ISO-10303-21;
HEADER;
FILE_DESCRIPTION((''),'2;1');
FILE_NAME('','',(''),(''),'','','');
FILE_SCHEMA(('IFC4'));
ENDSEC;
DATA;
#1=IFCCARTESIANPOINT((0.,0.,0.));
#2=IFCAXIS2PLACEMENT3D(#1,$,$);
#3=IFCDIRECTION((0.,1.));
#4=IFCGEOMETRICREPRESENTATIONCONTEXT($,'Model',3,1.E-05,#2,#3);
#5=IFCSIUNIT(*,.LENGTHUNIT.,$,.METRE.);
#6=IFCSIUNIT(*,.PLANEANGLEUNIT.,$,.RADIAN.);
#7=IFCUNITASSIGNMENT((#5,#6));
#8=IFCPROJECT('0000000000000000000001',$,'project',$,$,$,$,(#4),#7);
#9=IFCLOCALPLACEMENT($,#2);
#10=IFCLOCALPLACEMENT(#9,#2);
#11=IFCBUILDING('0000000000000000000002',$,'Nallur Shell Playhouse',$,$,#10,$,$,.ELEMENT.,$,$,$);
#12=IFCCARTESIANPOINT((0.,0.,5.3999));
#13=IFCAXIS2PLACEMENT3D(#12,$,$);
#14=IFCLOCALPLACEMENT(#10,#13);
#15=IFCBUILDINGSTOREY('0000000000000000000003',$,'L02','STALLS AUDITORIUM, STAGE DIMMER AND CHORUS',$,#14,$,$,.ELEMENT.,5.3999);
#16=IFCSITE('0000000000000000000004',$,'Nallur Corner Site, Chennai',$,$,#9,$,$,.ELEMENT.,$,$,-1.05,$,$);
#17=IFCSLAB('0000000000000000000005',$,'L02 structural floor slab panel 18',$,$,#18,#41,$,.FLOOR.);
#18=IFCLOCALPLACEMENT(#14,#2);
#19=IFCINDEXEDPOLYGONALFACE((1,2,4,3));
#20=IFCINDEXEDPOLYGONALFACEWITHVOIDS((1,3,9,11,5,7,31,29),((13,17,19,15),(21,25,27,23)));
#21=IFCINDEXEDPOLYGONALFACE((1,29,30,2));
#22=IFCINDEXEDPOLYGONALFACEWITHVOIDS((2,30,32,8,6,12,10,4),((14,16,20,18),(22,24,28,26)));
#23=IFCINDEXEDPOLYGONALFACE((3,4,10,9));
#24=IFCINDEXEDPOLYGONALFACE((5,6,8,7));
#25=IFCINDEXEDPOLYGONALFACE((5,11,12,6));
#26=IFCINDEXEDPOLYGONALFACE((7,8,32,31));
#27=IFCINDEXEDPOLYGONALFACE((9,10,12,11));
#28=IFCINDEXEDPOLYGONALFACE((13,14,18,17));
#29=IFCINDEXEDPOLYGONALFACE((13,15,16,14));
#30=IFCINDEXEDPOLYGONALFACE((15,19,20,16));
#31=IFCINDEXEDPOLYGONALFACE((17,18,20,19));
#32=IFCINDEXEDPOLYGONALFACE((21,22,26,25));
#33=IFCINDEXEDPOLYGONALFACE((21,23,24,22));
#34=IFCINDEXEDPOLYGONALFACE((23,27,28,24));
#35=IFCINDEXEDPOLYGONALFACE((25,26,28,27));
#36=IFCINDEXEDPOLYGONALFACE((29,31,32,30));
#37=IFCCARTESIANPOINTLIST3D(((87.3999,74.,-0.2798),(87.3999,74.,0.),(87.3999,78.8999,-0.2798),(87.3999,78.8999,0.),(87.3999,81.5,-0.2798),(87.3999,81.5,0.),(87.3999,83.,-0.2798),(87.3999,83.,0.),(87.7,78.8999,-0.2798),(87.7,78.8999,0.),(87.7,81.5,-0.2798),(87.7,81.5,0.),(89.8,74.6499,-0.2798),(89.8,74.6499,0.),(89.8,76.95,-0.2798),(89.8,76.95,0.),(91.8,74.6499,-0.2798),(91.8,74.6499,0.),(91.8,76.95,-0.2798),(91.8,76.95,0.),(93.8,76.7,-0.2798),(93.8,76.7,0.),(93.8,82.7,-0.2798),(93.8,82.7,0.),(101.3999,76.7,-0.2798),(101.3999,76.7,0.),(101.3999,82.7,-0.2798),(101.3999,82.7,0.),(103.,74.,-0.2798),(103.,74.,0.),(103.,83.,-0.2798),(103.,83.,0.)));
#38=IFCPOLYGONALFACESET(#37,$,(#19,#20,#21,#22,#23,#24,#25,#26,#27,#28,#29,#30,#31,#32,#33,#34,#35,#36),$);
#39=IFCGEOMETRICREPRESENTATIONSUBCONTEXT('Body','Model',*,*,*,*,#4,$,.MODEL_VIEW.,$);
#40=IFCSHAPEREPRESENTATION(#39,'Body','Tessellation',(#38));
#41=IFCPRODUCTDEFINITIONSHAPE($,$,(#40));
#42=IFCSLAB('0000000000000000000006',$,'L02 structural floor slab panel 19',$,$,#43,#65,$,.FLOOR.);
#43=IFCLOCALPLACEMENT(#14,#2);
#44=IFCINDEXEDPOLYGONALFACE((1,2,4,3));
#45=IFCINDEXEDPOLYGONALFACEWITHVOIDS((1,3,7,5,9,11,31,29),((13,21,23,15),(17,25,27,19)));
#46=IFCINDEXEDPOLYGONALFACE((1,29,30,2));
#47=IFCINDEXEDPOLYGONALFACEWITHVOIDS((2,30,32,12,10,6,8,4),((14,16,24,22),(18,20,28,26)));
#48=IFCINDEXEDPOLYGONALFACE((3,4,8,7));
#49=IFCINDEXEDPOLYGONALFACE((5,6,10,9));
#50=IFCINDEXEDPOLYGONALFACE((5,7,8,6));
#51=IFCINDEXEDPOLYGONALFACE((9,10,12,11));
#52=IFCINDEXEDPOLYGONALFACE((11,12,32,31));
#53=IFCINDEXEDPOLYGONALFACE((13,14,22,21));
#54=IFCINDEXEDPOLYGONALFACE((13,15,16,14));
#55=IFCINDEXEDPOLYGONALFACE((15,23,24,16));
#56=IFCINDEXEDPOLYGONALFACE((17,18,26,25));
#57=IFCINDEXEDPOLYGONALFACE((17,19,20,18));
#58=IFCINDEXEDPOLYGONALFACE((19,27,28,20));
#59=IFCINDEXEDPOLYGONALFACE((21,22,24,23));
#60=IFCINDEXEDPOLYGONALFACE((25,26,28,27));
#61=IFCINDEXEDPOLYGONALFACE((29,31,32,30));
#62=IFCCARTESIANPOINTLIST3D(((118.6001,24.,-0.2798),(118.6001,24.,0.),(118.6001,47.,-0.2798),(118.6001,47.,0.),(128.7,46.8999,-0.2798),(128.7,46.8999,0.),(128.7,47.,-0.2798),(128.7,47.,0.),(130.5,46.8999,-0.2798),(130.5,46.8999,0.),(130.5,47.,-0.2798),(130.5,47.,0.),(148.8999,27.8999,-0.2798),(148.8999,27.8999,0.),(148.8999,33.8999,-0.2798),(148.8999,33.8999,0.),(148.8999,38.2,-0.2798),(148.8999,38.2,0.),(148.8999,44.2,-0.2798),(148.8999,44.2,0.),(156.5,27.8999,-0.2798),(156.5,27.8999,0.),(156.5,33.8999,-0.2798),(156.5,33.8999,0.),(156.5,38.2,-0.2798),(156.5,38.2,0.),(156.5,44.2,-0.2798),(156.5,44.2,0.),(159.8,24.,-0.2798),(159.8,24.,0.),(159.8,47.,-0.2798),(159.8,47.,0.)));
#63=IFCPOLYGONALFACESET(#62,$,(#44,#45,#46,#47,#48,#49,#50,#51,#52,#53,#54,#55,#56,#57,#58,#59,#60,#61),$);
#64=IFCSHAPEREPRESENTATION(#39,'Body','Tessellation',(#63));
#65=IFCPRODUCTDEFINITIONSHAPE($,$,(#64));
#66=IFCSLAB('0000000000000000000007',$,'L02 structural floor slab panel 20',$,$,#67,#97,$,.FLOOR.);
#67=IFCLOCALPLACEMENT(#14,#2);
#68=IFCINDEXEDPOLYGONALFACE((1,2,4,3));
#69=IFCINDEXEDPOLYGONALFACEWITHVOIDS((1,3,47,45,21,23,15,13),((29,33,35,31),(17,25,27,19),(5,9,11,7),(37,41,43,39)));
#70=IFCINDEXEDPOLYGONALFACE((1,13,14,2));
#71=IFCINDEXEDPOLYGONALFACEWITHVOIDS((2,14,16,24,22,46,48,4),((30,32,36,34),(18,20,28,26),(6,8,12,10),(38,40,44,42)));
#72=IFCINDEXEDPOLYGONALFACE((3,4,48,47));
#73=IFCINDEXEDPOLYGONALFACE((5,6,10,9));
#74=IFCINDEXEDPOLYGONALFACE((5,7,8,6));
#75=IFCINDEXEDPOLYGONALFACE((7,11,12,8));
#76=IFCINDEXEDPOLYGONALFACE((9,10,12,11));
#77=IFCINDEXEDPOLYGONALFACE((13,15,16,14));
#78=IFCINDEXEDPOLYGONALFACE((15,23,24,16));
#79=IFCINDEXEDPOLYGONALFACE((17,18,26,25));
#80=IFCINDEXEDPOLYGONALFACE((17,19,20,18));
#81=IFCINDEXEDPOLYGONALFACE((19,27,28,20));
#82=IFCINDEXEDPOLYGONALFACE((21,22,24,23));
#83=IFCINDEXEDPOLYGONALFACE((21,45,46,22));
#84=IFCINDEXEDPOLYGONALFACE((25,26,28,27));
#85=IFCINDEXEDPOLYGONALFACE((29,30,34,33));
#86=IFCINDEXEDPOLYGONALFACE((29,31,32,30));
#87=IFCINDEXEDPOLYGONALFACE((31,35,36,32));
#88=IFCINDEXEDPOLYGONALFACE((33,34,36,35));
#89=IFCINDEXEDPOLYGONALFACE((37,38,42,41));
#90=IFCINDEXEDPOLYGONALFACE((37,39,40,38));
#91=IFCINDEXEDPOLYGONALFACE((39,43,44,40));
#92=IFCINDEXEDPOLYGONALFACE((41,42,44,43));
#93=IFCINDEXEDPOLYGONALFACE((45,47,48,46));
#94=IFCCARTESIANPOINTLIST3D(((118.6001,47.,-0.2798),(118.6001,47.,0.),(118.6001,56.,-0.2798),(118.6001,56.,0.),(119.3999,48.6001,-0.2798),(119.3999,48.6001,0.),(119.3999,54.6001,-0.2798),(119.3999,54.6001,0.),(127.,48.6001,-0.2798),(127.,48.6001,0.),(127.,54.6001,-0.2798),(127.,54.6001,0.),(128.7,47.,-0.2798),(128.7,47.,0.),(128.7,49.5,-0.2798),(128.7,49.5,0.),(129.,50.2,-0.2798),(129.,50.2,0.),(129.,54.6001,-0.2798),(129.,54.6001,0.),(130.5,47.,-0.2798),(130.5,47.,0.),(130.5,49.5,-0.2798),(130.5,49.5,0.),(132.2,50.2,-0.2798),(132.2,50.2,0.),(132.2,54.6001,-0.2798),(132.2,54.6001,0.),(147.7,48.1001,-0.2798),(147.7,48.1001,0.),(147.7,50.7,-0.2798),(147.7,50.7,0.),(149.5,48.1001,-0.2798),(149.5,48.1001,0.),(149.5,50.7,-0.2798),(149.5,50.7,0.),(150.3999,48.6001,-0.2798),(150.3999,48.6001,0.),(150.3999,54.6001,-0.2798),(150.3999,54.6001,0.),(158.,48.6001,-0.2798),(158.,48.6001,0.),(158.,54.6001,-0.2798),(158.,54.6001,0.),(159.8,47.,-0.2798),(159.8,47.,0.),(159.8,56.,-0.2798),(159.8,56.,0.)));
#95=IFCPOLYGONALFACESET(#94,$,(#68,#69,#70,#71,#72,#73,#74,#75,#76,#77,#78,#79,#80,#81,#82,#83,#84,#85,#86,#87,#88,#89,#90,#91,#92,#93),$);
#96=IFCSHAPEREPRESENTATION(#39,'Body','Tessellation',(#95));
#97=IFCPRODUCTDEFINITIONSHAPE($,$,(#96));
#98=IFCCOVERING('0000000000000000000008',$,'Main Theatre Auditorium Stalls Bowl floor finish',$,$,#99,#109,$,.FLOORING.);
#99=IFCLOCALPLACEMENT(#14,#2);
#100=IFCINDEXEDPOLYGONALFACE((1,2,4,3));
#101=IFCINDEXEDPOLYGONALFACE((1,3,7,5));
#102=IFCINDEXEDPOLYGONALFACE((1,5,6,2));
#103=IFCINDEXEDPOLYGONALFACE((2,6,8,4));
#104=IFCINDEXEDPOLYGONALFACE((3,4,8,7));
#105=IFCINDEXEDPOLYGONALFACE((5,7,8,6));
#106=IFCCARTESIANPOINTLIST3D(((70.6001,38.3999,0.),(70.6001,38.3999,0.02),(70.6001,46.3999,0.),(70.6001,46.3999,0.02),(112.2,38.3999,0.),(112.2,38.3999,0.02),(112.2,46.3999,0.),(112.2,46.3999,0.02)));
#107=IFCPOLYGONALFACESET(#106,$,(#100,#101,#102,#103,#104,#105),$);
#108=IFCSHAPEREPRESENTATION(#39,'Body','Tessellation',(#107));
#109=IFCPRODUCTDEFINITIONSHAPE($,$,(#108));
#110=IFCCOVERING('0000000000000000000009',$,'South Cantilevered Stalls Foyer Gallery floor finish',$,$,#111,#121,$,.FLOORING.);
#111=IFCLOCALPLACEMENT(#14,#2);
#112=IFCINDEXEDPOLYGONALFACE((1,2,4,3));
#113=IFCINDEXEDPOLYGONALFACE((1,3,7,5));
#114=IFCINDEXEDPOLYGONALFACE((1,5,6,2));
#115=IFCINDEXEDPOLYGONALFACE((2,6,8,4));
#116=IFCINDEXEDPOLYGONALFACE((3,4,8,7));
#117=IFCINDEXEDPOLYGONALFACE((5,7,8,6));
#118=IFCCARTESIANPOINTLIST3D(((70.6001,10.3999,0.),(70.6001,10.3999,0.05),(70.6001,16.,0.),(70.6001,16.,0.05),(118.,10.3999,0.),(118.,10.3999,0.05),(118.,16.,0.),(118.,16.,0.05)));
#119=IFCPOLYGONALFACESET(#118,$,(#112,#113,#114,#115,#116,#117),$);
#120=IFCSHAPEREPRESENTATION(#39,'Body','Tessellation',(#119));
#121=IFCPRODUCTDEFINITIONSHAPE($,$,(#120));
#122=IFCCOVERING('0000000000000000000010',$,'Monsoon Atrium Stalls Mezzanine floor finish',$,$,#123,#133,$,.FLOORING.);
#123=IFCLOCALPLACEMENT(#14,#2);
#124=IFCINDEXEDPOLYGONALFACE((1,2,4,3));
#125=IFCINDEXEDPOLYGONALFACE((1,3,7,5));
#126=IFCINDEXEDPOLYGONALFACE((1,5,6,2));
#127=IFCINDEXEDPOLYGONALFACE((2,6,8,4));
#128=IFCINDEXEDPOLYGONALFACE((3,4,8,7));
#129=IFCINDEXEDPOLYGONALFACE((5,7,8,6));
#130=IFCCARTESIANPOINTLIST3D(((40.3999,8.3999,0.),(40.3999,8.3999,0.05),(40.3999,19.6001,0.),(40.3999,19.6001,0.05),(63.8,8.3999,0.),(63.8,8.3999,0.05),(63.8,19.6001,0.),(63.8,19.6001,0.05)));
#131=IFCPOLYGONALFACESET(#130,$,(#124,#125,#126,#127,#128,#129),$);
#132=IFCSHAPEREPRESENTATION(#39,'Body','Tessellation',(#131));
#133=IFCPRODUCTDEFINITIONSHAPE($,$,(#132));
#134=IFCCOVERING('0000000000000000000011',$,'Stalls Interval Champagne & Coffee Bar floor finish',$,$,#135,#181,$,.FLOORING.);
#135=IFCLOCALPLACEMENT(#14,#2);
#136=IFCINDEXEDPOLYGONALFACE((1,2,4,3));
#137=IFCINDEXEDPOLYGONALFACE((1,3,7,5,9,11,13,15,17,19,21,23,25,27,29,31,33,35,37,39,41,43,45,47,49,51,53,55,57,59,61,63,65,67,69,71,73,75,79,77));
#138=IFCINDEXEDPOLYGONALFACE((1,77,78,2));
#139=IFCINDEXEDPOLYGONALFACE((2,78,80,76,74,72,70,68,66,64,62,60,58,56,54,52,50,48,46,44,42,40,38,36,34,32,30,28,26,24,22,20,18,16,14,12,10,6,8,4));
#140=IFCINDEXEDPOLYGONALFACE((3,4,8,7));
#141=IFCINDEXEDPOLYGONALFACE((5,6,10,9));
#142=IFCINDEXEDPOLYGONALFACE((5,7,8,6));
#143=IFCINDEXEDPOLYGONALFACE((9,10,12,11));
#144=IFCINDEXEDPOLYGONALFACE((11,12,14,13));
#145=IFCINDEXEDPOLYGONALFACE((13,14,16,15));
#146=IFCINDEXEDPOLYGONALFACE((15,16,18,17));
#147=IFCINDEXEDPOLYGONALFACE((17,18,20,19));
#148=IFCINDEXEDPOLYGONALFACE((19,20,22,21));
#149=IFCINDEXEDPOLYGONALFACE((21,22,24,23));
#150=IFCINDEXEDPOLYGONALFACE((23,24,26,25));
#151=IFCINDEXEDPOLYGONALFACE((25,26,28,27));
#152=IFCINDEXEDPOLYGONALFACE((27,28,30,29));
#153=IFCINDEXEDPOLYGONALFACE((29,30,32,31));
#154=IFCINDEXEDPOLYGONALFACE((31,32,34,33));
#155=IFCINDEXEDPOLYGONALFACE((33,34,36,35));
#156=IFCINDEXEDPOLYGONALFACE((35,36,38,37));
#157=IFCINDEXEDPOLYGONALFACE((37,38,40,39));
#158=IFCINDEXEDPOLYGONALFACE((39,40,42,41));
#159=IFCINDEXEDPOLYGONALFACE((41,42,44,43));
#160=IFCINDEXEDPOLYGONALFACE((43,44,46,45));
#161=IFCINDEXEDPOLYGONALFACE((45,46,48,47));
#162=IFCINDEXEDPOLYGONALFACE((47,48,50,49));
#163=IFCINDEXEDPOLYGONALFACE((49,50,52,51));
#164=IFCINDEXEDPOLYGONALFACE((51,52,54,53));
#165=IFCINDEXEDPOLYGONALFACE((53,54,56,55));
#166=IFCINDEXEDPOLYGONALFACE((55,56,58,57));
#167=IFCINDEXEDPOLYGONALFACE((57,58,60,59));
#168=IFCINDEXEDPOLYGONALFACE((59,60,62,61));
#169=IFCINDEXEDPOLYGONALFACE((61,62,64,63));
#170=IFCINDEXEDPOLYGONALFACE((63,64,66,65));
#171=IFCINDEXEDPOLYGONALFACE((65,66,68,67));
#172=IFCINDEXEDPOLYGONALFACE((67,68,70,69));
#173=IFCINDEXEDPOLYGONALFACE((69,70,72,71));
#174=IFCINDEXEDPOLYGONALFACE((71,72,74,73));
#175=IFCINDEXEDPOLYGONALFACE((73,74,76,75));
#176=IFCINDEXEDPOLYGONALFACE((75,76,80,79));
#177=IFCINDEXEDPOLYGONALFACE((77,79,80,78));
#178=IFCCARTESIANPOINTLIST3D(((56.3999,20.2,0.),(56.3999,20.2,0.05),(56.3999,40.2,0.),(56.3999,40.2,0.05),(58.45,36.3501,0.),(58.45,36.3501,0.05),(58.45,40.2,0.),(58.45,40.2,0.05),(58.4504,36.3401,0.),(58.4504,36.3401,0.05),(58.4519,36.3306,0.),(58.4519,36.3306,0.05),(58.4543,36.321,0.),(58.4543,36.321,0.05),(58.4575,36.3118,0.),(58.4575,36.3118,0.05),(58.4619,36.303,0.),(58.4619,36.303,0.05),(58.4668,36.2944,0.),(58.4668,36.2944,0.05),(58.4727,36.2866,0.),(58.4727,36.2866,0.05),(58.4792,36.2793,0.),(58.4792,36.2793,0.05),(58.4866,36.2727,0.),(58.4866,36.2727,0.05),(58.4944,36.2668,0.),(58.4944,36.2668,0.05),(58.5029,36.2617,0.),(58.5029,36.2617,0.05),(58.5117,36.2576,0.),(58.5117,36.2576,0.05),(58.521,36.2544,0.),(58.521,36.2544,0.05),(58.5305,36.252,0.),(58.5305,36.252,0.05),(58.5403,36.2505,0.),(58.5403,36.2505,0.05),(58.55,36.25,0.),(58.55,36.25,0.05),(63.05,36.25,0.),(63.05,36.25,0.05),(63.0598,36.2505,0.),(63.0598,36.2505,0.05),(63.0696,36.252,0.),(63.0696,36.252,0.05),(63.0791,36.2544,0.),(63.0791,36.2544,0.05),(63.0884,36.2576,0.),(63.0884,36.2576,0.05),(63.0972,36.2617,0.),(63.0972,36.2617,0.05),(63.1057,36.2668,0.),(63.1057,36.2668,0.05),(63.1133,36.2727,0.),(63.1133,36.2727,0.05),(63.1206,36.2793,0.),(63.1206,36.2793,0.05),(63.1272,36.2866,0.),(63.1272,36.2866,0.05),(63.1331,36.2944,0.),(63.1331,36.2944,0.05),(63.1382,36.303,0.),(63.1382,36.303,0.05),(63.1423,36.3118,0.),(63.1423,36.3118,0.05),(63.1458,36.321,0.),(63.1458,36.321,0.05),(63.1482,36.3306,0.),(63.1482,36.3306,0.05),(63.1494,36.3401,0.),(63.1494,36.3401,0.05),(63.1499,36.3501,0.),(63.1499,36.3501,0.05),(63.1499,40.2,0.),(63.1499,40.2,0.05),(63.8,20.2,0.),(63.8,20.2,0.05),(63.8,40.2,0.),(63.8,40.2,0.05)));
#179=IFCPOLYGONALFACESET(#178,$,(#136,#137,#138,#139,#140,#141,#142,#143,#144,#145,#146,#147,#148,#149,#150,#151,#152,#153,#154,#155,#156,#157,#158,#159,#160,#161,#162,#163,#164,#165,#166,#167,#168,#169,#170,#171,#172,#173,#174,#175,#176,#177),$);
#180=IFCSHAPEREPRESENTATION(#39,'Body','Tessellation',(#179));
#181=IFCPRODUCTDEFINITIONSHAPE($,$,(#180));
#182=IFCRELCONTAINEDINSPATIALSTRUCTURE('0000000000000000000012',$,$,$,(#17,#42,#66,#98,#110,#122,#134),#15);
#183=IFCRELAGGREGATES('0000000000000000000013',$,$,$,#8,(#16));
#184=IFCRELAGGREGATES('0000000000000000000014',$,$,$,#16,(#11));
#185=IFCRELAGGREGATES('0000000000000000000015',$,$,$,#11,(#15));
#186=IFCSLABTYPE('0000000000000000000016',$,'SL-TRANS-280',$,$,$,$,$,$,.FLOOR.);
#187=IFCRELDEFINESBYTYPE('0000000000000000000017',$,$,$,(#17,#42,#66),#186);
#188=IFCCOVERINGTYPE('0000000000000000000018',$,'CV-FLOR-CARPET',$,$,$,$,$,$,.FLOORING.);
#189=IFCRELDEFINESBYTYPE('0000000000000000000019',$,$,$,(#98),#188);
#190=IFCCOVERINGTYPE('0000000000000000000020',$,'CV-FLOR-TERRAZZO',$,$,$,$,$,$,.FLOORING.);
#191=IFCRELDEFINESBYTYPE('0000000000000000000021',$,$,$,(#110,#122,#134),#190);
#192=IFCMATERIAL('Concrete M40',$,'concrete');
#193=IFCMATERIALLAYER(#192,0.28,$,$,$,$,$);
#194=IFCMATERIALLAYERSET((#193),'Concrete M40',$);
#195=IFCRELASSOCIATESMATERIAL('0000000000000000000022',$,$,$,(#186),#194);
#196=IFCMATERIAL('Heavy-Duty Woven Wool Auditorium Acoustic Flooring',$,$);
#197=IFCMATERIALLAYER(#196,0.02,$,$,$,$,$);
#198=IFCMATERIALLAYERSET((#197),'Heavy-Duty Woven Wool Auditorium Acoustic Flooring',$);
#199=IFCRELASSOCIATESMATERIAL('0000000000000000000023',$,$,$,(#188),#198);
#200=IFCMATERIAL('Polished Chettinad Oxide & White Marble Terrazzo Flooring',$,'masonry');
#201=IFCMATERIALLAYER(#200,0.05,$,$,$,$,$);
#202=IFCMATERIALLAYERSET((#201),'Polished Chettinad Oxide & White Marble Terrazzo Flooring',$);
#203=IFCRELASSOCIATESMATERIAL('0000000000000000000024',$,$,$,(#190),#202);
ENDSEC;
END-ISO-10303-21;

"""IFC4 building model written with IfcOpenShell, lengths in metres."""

from ifc_helpers import new_model, si_unit, direction, frame, origin, place, context, subcontext, project, spatial, polyline, outline, extrude, material, layer, layer_set, type_object, element, save


model = new_model("IFC4")

# Units and contexts
model_context = context("Model", 3, precision=1e-05, world=origin(), true_north=direction((0.0, 1.0)))
body_context = subcontext(model_context, "Body", "Model", "MODEL_VIEW")
ifc_project = project(units=[si_unit("LENGTHUNIT", "METRE"), si_unit("PLANEANGLEUNIT", "RADIAN")], contexts=[model_context])

# Site, building, storey
site_placement = place(None, origin())
site = spatial("IfcSite", under=ifc_project, at=site_placement, Name="Nallur Corner Site, Chennai", CompositionType="ELEMENT", RefElevation=-1.05)
building_placement = place(site_placement, origin())
building = spatial("IfcBuilding", under=site, at=building_placement, Name="Nallur Shell Playhouse", CompositionType="ELEMENT")
storey_placement = place(building_placement, frame((0.0, 0.0, 5.3999)))
storey = spatial("IfcBuildingStorey", under=building, at=storey_placement, Name="L02", Description="STALLS AUDITORIUM, STAGE DIMMER AND CHORUS", CompositionType="ELEMENT", Elevation=5.3999)

# Slabs
ifc_material_1 = material(Name="Concrete M40", Category="concrete")
ifc_layer_1 = layer(ifc_material_1, 0.28)
ifc_layer_set_1 = layer_set([ifc_layer_1], Name="Concrete M40")
slab_type_1 = type_object("IfcSlabType", Name="SL-TRANS-280", PredefinedType="FLOOR", material=ifc_layer_set_1)
slab_1_placement = place(storey_placement, frame((0.0, 0.0, -0.2798)))
element("IfcSlab", 1, at=slab_1_placement, inside=storey, type_object=slab_type_1, Name="L02 structural floor slab panel 18", PredefinedType="FLOOR", context=body_context, shape_type="SweptSolid", body=[
    extrude(outline(polyline([(103.0, 83.0), (103.0, 74.0), (87.3999, 74.0), (87.3999, 78.8999), (87.7, 78.8999), (87.7, 81.5), (87.3999, 81.5), (87.3999, 83.0), (103.0, 83.0)]), holes=[polyline([(91.8, 76.95), (89.8, 76.95), (89.8, 74.6499), (91.8, 74.6499), (91.8, 76.95)]), polyline([(101.3999, 76.7), (101.3999, 82.7), (93.8, 82.7), (93.8, 76.7), (101.3999, 76.7)])]), origin(), (0.0, 0.0, 1.0), 0.2798),
])
slab_2_placement = place(storey_placement, frame((0.0, 0.0, -0.2798)))
element("IfcSlab", 2, at=slab_2_placement, inside=storey, type_object=slab_type_1, Name="L02 structural floor slab panel 19", PredefinedType="FLOOR", context=body_context, shape_type="SweptSolid", body=[
    extrude(outline(polyline([(159.8, 24.0), (118.6001, 24.0), (118.6001, 47.0), (128.7, 47.0), (128.7, 46.8999), (130.5, 46.8999), (130.5, 47.0), (159.8, 47.0), (159.8, 24.0)]), holes=[polyline([(156.5, 33.8999), (148.8999, 33.8999), (148.8999, 27.8999), (156.5, 27.8999), (156.5, 33.8999)]), polyline([(156.5, 38.2), (156.5, 44.2), (148.8999, 44.2), (148.8999, 38.2), (156.5, 38.2)])]), origin(), (0.0, 0.0, 1.0), 0.2798),
])
slab_3_placement = place(storey_placement, frame((0.0, 0.0, -0.2798)))
element("IfcSlab", 3, at=slab_3_placement, inside=storey, type_object=slab_type_1, Name="L02 structural floor slab panel 20", PredefinedType="FLOOR", context=body_context, shape_type="SweptSolid", body=[
    extrude(outline(polyline([(118.6001, 56.0), (159.8, 56.0), (159.8, 47.0), (130.5, 47.0), (130.5, 49.5), (128.7, 49.5), (128.7, 47.0), (118.6001, 47.0), (118.6001, 56.0)]), holes=[polyline([(147.7, 50.7), (147.7, 48.1001), (149.5, 48.1001), (149.5, 50.7), (147.7, 50.7)]), polyline([(127.0, 48.6001), (127.0, 54.6001), (119.3999, 54.6001), (119.3999, 48.6001), (127.0, 48.6001)]), polyline([(158.0, 48.6001), (158.0, 54.6001), (150.3999, 54.6001), (150.3999, 48.6001), (158.0, 48.6001)]), polyline([(129.0, 54.6001), (129.0, 50.2), (132.2, 50.2), (132.2, 54.6001), (129.0, 54.6001)])]), origin(), (0.0, 0.0, 1.0), 0.2798),
])

# Coverings
ifc_material_2 = material(Name="Heavy-Duty Woven Wool Auditorium Acoustic Flooring")
ifc_layer_2 = layer(ifc_material_2, 0.02)
ifc_layer_set_2 = layer_set([ifc_layer_2], Name="Heavy-Duty Woven Wool Auditorium Acoustic Flooring")
covering_type_1 = type_object("IfcCoveringType", Name="CV-FLOR-CARPET", PredefinedType="FLOORING", material=ifc_layer_set_2)
covering_1_placement = place(storey_placement, origin())
element("IfcCovering", 4, at=covering_1_placement, inside=storey, type_object=covering_type_1, Name="Main Theatre Auditorium Stalls Bowl floor finish", PredefinedType="FLOORING", context=body_context, shape_type="SweptSolid", body=[
    extrude(outline(polyline([(112.2, 46.3999), (112.2, 38.3999), (70.6001, 38.3999), (70.6001, 46.3999), (112.2, 46.3999)])), origin(), (0.0, 0.0, 1.0), 0.02),
])
ifc_material_3 = material(Name="Polished Chettinad Oxide & White Marble Terrazzo Flooring", Category="masonry")
ifc_layer_3 = layer(ifc_material_3, 0.05)
ifc_layer_set_3 = layer_set([ifc_layer_3], Name="Polished Chettinad Oxide & White Marble Terrazzo Flooring")
covering_type_2 = type_object("IfcCoveringType", Name="CV-FLOR-TERRAZZO", PredefinedType="FLOORING", material=ifc_layer_set_3)
covering_2_placement = place(storey_placement, origin())
element("IfcCovering", 5, at=covering_2_placement, inside=storey, type_object=covering_type_2, Name="South Cantilevered Stalls Foyer Gallery floor finish", PredefinedType="FLOORING", context=body_context, shape_type="SweptSolid", body=[
    extrude(outline(polyline([(118.0, 16.0), (118.0, 10.3999), (70.6001, 10.3999), (70.6001, 16.0), (118.0, 16.0)])), origin(), (0.0, 0.0, 1.0), 0.05),
])
covering_3_placement = place(storey_placement, origin())
element("IfcCovering", 6, at=covering_3_placement, inside=storey, type_object=covering_type_2, Name="Monsoon Atrium Stalls Mezzanine floor finish", PredefinedType="FLOORING", context=body_context, shape_type="SweptSolid", body=[
    extrude(outline(polyline([(63.8, 19.6001), (63.8, 8.3999), (40.3999, 8.3999), (40.3999, 19.6001), (63.8, 19.6001)])), origin(), (0.0, 0.0, 1.0), 0.05),
])
covering_4_placement = place(storey_placement, origin())
element("IfcCovering", 7, at=covering_4_placement, inside=storey, type_object=covering_type_2, Name="Stalls Interval Champagne & Coffee Bar floor finish", PredefinedType="FLOORING", context=body_context, shape_type="SweptSolid", body=[
    extrude(outline(polyline([(58.4727, 36.2866), (58.4792, 36.2793), (58.4866, 36.2727), (58.4944, 36.2668), (58.5029, 36.2617), (58.5117, 36.2576), (58.521, 36.2544), (58.5305, 36.252), (58.5403, 36.2505), (58.55, 36.25), (63.05, 36.25), (63.0598, 36.2505), (63.0696, 36.252), (63.0791, 36.2544), (63.0884, 36.2576), (63.0972, 36.2617), (63.1057, 36.2668), (63.1133, 36.2727), (63.1206, 36.2793), (63.1272, 36.2866), (63.1331, 36.2944), (63.1382, 36.303), (63.1423, 36.3118), (63.1458, 36.321), (63.1482, 36.3306), (63.1494, 36.3401), (63.1499, 36.3501), (63.1499, 40.2), (63.8, 40.2), (63.8, 20.2), (56.3999, 20.2), (56.3999, 40.2), (58.45, 40.2), (58.45, 36.3501), (58.4504, 36.3401), (58.4519, 36.3306), (58.4543, 36.321), (58.4575, 36.3118), (58.4619, 36.303), (58.4668, 36.2944), (58.4727, 36.2866)])), origin(), (0.0, 0.0, 1.0), 0.05),
])

save(model, "model.ifc")
